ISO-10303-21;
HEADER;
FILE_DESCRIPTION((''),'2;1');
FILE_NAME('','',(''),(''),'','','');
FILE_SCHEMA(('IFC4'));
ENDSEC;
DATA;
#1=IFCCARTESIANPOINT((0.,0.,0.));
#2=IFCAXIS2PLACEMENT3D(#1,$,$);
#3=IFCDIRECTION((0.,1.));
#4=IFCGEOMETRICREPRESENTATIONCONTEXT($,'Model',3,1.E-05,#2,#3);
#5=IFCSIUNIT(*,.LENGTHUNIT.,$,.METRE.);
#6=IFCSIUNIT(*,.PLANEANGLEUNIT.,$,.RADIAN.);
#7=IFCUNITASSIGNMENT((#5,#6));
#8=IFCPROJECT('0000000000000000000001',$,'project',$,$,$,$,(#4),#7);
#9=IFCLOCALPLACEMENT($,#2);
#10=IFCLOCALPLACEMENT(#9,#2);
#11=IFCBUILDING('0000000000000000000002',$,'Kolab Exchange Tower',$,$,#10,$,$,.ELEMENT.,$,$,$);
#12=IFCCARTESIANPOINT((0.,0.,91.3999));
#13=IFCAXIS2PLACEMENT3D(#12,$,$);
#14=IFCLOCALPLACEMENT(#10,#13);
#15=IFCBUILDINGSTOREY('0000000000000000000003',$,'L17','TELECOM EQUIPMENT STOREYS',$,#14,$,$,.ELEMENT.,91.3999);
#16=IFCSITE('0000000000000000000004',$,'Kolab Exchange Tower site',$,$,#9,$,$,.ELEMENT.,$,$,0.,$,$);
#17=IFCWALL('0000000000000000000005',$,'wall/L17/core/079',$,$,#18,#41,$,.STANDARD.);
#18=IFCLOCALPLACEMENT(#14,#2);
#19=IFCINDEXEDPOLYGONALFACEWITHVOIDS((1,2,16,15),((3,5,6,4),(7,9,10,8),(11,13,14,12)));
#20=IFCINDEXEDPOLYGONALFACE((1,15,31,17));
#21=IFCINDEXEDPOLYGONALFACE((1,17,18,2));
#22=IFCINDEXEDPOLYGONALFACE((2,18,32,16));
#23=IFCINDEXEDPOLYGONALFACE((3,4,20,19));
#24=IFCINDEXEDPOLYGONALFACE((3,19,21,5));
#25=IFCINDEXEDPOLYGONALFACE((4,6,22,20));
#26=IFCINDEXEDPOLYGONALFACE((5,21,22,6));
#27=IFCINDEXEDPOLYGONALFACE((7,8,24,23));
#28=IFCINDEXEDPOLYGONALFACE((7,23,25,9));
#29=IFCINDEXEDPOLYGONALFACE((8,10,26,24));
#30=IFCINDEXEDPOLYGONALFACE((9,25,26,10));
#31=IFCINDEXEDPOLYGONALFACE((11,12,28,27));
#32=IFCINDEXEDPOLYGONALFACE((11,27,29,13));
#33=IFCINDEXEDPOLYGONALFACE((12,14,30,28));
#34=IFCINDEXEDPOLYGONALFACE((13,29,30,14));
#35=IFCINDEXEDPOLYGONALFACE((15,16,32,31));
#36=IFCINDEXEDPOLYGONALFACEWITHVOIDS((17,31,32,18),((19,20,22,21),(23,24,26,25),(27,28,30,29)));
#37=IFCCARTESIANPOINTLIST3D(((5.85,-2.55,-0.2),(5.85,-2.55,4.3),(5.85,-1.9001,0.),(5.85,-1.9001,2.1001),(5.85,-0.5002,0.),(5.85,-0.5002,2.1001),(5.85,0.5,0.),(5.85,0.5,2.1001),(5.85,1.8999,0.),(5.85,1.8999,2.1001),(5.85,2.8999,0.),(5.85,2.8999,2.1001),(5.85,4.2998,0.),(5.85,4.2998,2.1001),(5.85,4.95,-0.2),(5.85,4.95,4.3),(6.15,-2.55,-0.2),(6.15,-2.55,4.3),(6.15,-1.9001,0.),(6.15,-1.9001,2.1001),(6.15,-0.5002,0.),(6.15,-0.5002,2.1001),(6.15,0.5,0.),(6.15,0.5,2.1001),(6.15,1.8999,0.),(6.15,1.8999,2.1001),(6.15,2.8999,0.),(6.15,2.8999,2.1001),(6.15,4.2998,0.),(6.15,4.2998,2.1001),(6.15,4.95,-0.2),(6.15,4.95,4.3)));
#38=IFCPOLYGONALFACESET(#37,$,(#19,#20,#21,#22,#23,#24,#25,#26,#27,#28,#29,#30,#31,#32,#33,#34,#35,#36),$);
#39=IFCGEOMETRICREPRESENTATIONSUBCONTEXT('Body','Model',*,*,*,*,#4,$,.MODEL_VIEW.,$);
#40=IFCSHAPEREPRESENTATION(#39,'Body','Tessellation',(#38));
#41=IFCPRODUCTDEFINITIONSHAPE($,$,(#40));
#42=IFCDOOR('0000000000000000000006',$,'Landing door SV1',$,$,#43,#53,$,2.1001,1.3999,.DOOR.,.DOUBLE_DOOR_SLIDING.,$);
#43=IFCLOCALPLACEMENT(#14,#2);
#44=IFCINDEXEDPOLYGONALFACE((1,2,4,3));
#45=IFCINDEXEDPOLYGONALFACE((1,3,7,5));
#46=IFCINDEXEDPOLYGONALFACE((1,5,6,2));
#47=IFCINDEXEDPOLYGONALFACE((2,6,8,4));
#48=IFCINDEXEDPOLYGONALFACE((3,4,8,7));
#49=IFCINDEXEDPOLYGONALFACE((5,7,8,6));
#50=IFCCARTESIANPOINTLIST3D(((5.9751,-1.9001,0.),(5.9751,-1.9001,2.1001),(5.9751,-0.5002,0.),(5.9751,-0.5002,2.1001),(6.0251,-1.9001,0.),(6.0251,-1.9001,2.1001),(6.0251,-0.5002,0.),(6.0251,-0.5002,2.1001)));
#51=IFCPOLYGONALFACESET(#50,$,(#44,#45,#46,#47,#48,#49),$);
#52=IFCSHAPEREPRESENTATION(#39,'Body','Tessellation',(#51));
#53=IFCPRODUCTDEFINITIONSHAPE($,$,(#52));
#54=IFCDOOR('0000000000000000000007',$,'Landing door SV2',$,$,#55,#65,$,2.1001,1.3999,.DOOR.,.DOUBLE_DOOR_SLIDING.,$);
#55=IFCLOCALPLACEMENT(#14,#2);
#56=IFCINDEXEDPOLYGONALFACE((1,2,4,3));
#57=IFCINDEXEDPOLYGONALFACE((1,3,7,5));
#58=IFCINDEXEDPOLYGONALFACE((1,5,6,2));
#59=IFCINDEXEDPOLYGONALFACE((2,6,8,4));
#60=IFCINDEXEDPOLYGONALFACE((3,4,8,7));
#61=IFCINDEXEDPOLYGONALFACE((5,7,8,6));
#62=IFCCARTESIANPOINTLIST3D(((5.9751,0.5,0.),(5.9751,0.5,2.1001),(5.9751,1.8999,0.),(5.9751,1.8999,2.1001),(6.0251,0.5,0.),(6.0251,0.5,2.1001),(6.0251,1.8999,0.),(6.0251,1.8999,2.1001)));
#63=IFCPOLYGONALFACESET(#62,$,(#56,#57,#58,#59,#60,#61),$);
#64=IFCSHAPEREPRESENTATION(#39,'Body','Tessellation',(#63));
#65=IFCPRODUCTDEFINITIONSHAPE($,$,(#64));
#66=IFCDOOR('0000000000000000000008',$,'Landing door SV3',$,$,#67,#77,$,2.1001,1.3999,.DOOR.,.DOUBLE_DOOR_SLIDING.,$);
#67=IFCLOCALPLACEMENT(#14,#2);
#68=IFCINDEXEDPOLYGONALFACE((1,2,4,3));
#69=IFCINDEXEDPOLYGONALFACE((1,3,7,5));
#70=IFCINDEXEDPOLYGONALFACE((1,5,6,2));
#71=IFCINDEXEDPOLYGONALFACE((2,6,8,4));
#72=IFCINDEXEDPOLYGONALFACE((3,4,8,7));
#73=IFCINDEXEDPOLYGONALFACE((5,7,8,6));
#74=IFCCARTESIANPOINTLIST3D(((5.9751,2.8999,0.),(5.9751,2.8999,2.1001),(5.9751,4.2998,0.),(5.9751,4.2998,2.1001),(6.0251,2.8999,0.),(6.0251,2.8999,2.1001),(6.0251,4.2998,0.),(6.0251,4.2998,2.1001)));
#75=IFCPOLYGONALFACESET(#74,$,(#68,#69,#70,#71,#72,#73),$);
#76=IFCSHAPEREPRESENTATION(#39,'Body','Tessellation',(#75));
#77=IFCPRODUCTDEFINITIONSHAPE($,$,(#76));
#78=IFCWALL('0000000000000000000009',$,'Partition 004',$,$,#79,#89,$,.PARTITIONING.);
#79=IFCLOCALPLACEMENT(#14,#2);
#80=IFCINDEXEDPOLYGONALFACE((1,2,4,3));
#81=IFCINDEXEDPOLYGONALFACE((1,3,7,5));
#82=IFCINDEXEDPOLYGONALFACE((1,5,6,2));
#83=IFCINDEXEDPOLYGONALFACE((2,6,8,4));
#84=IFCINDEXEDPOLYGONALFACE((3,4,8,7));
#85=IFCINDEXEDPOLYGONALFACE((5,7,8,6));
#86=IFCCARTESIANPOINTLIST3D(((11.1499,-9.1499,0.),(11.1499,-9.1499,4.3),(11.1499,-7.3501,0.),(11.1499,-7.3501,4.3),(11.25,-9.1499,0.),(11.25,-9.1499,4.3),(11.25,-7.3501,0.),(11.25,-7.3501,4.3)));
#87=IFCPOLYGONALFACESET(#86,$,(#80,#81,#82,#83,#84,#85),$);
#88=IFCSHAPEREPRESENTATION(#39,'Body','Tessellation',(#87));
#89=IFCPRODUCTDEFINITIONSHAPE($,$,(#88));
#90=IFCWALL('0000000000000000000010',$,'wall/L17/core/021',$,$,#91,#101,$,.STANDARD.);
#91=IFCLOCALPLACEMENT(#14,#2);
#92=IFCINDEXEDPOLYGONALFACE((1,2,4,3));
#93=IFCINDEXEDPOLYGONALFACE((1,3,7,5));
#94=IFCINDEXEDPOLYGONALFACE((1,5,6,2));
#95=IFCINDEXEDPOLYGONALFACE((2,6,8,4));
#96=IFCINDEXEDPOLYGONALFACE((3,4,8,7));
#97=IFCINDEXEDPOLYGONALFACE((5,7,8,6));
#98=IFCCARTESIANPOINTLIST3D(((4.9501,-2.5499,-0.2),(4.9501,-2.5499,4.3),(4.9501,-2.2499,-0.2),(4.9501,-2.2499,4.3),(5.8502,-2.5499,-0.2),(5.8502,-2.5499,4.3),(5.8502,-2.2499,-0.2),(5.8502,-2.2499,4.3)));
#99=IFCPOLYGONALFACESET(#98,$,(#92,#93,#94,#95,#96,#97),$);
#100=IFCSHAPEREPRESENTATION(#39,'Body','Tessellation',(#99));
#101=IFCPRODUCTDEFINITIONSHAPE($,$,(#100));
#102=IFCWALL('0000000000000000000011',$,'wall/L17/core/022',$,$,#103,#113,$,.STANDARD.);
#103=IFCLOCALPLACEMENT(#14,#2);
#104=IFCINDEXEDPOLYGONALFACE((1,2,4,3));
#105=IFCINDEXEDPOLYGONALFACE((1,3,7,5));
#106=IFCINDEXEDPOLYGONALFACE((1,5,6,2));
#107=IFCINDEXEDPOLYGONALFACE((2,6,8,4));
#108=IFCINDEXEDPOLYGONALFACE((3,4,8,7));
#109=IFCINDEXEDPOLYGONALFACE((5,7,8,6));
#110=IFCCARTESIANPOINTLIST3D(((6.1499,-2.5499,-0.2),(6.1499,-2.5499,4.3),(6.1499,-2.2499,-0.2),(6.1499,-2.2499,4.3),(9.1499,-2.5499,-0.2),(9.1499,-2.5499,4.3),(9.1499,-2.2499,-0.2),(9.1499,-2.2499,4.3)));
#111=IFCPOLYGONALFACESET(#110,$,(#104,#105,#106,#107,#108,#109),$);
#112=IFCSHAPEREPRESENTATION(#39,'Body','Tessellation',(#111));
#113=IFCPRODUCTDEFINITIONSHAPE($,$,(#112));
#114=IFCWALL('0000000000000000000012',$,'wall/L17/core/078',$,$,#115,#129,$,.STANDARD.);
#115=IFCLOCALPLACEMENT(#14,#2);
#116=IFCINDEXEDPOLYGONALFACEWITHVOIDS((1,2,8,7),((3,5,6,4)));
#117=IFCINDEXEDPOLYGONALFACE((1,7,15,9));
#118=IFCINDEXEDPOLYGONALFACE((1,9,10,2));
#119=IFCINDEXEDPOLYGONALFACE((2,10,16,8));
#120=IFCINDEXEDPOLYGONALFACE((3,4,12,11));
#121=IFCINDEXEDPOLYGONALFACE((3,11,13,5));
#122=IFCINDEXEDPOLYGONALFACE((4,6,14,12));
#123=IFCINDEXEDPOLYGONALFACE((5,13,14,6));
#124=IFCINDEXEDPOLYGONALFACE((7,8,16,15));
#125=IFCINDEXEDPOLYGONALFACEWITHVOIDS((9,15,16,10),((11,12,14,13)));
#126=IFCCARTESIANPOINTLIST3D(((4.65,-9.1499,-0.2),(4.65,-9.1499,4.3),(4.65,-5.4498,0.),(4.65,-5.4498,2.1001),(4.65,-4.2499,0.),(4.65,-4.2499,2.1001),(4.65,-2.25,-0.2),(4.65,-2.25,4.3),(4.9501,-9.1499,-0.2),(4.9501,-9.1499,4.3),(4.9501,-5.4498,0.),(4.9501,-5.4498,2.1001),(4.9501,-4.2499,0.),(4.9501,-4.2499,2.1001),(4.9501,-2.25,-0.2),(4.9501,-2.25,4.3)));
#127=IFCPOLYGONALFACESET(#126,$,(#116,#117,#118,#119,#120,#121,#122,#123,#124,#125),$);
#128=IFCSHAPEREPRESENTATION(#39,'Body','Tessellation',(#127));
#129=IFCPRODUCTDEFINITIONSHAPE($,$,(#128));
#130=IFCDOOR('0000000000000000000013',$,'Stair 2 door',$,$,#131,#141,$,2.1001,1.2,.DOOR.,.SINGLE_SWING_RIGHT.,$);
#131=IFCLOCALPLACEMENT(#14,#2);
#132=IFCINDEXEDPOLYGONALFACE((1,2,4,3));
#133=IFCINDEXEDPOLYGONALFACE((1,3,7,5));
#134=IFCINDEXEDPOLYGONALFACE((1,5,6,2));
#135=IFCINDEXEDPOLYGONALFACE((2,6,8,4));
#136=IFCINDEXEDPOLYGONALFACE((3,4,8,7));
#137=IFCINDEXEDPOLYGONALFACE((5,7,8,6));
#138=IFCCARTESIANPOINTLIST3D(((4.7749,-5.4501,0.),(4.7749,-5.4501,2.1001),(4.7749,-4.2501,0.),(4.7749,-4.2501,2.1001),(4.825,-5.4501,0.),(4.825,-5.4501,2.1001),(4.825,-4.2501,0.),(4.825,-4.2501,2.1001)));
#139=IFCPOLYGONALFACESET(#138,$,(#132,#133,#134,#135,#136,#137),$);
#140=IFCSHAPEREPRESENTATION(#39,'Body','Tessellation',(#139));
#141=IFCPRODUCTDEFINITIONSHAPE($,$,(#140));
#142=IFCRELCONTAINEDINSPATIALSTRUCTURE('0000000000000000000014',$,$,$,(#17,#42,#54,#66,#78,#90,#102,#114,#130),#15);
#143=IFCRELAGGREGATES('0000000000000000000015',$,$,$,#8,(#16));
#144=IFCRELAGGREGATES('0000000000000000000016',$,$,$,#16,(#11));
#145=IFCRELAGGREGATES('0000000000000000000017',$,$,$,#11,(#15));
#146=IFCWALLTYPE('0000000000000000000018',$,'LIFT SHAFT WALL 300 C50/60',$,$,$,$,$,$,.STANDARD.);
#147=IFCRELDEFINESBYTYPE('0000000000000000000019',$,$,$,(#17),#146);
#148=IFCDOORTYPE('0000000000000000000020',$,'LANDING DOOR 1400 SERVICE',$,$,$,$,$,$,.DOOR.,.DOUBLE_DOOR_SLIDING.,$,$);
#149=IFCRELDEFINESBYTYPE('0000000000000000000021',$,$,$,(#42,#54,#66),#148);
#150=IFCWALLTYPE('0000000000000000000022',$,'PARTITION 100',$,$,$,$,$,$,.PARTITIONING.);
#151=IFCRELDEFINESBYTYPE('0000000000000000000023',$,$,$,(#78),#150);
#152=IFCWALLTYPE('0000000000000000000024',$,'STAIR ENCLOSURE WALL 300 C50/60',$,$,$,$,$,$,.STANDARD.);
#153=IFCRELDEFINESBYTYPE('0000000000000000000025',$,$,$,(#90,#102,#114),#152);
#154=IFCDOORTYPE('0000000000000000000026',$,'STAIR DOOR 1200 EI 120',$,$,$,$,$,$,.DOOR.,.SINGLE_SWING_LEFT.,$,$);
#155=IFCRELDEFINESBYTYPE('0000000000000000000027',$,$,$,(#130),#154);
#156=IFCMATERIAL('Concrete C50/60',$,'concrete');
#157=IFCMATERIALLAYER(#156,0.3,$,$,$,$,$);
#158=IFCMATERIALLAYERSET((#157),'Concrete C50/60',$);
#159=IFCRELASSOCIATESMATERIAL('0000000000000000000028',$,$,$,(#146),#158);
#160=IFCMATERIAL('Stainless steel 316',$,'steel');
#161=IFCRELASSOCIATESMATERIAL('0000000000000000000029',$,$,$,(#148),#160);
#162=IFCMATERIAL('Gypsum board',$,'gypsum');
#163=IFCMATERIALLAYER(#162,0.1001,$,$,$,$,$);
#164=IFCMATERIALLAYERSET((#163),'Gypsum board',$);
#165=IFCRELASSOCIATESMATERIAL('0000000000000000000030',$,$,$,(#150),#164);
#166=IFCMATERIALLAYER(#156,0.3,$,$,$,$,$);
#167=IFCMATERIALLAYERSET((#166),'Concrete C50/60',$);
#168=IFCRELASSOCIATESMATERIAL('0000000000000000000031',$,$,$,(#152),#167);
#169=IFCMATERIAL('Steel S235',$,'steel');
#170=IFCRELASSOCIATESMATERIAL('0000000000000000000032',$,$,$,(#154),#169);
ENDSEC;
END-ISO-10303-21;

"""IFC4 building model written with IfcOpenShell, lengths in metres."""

from ifc_helpers import new_model, si_unit, direction, frame, frame_2d, origin, place, context, subcontext, project, spatial, rectangle, extrude, material, layer, layer_set, type_object, element, fill, save


model = new_model("IFC4")

# Units and contexts
model_context = context("Model", 3, precision=1e-05, world=origin(), true_north=direction((0.0, 1.0)))
body_context = subcontext(model_context, "Body", "Model", "MODEL_VIEW")
ifc_project = project(units=[si_unit("LENGTHUNIT", "METRE"), si_unit("PLANEANGLEUNIT", "RADIAN")], contexts=[model_context])

# Site, building, storey
site_placement = place(None, origin())
site = spatial("IfcSite", under=ifc_project, at=site_placement, Name="Kolab Exchange Tower site", CompositionType="ELEMENT", RefElevation=0.0)
building_placement = place(site_placement, origin())
building = spatial("IfcBuilding", under=site, at=building_placement, Name="Kolab Exchange Tower", CompositionType="ELEMENT")
storey_placement = place(building_placement, frame((0.0, 0.0, 91.3999)))
storey = spatial("IfcBuildingStorey", under=building, at=storey_placement, Name="L17", Description="TELECOM EQUIPMENT STOREYS", CompositionType="ELEMENT", Elevation=91.3999)

# Shared definitions
ifc_material_1 = material(Name="Concrete C50/60", Category="concrete")
ifc_layer_1 = layer(ifc_material_1, 0.3)
ifc_layer_set_1 = layer_set([ifc_layer_1], Name="Concrete C50/60")
wall_type_1 = type_object("IfcWallType", Name="LIFT SHAFT WALL 300 C50/60", PredefinedType="STANDARD", material=ifc_layer_set_1)

# Shared definitions
ifc_material_2 = material(Name="Steel S235", Category="steel")

# Wall, openings, doors
wall_1_placement = place(storey_placement, frame((6.0, -2.55, -0.2), z_axis=(0.0, 0.0, 1.0), x_axis=(0.0, 1.0, 0.0)))
wall_1 = element("IfcWall", 1, at=wall_1_placement, inside=storey, type_object=wall_type_1, Name="wall/L17/core/079", PredefinedType="STANDARD", context=body_context, shape_type="SweptSolid", body=[
    extrude(rectangle(XDim=7.5, YDim=0.3, at=frame_2d((3.75, 0.0))), origin(), (0.0, 0.0, 1.0), 4.5),
])
opening_1_placement = place(wall_1_placement, frame((0.6499, 0.0, 0.2)))
opening_1 = element("IfcOpeningElement", 2, at=opening_1_placement, cuts=wall_1, PredefinedType="OPENING", context=body_context, shape_type="SweptSolid", body=[
    extrude(rectangle(XDim=1.3999, YDim=2.1001, at=frame_2d((0.7, 1.05))), frame((0.0, 0.1602, 0.0), z_axis=(0.0, -1.0, 0.0), x_axis=(1.0, 0.0, 0.0)), (0.0, 0.0, 1.0), 0.3201),
])
opening_2_placement = place(wall_1_placement, frame((3.05, 0.0, 0.2)))
opening_2 = element("IfcOpeningElement", 3, at=opening_2_placement, cuts=wall_1, PredefinedType="OPENING", context=body_context, shape_type="SweptSolid", body=[
    extrude(rectangle(XDim=1.3999, YDim=2.1001, at=frame_2d((0.7, 1.05))), frame((0.0, 0.1602, 0.0), z_axis=(0.0, -1.0, 0.0), x_axis=(1.0, 0.0, 0.0)), (0.0, 0.0, 1.0), 0.3201),
])
opening_3_placement = place(wall_1_placement, frame((5.45, 0.0, 0.2)))
opening_3 = element("IfcOpeningElement", 4, at=opening_3_placement, cuts=wall_1, PredefinedType="OPENING", context=body_context, shape_type="SweptSolid", body=[
    extrude(rectangle(XDim=1.3999, YDim=2.1001, at=frame_2d((0.7, 1.05))), frame((0.0, 0.1602, 0.0), z_axis=(0.0, -1.0, 0.0), x_axis=(1.0, 0.0, 0.0)), (0.0, 0.0, 1.0), 0.3201),
])
ifc_material_3 = material(Name="Stainless steel 316", Category="steel")
door_type_1 = type_object("IfcDoorType", Name="LANDING DOOR 1400 SERVICE", OperationType="DOUBLE_DOOR_SLIDING", PredefinedType="DOOR", material=ifc_material_3)
door_1_placement = place(opening_1_placement, origin())
door_1 = element("IfcDoor", 5, at=door_1_placement, inside=storey, type_object=door_type_1, Name="Landing door SV1", OperationType="DOUBLE_DOOR_SLIDING", OverallHeight=2.1001, OverallWidth=1.3999, PredefinedType="DOOR", context=body_context, shape_type="SweptSolid", body=[
    extrude(rectangle(XDim=1.3999, YDim=2.1001, at=frame_2d((0.7, 1.05))), frame((0.0, 0.0249, 0.0), z_axis=(0.0, -1.0, 0.0), x_axis=(1.0, 0.0, 0.0)), (0.0, 0.0, 1.0), 0.05),
])
fill(opening_1, door_1)
door_2_placement = place(opening_2_placement, origin())
door_2 = element("IfcDoor", 6, at=door_2_placement, inside=storey, type_object=door_type_1, Name="Landing door SV2", OperationType="DOUBLE_DOOR_SLIDING", OverallHeight=2.1001, OverallWidth=1.3999, PredefinedType="DOOR", context=body_context, shape_type="SweptSolid", body=[
    extrude(rectangle(XDim=1.3999, YDim=2.1001, at=frame_2d((0.7, 1.05))), frame((0.0, 0.0249, 0.0), z_axis=(0.0, -1.0, 0.0), x_axis=(1.0, 0.0, 0.0)), (0.0, 0.0, 1.0), 0.05),
])
fill(opening_2, door_2)
door_3_placement = place(opening_3_placement, origin())
door_3 = element("IfcDoor", 7, at=door_3_placement, inside=storey, type_object=door_type_1, Name="Landing door SV3", OperationType="DOUBLE_DOOR_SLIDING", OverallHeight=2.1001, OverallWidth=1.3999, PredefinedType="DOOR", context=body_context, shape_type="SweptSolid", body=[
    extrude(rectangle(XDim=1.3999, YDim=2.1001, at=frame_2d((0.7, 1.05))), frame((0.0, 0.0249, 0.0), z_axis=(0.0, -1.0, 0.0), x_axis=(1.0, 0.0, 0.0)), (0.0, 0.0, 1.0), 0.05),
])
fill(opening_3, door_3)

# Walls
ifc_material_4 = material(Name="Gypsum board", Category="gypsum")
ifc_layer_2 = layer(ifc_material_4, 0.1001)
ifc_layer_set_2 = layer_set([ifc_layer_2], Name="Gypsum board")
wall_type_2 = type_object("IfcWallType", Name="PARTITION 100", PredefinedType="PARTITIONING", material=ifc_layer_set_2)
wall_2_placement = place(storey_placement, frame((11.2, -9.1499, 0.0), z_axis=(0.0, 0.0, 1.0), x_axis=(0.0, 1.0, 0.0)))
element("IfcWall", 8, at=wall_2_placement, inside=storey, type_object=wall_type_2, Name="Partition 004", PredefinedType="PARTITIONING", context=body_context, shape_type="SweptSolid", body=[
    extrude(rectangle(XDim=1.7998, YDim=0.1001, at=frame_2d((0.8999, 0.0))), origin(), (0.0, 0.0, 1.0), 4.3),
])
ifc_layer_3 = layer(ifc_material_1, 0.3)
ifc_layer_set_3 = layer_set([ifc_layer_3], Name="Concrete C50/60")
wall_type_3 = type_object("IfcWallType", Name="STAIR ENCLOSURE WALL 300 C50/60", PredefinedType="STANDARD", material=ifc_layer_set_3)
wall_3_placement = place(storey_placement, frame((4.95, -2.3999, -0.2), z_axis=(0.0, 0.0, 1.0), x_axis=(1.0, 0.0, 0.0)))
element("IfcWall", 9, at=wall_3_placement, inside=storey, type_object=wall_type_3, Name="wall/L17/core/021", PredefinedType="STANDARD", context=body_context, shape_type="SweptSolid", body=[
    extrude(rectangle(XDim=0.9001, YDim=0.3, at=frame_2d((0.4502, 0.0))), origin(), (0.0, 0.0, 1.0), 4.5),
])
wall_4_placement = place(storey_placement, frame((6.1499, -2.3999, -0.2), z_axis=(0.0, 0.0, 1.0), x_axis=(1.0, 0.0, 0.0)))
element("IfcWall", 10, at=wall_4_placement, inside=storey, type_object=wall_type_3, Name="wall/L17/core/022", PredefinedType="STANDARD", context=body_context, shape_type="SweptSolid", body=[
    extrude(rectangle(XDim=3.0, YDim=0.3, at=frame_2d((1.5, 0.0))), origin(), (0.0, 0.0, 1.0), 4.5),
])

# Wall, opening, door
wall_5_placement = place(storey_placement, frame((4.8, -9.1499, -0.2), z_axis=(0.0, 0.0, 1.0), x_axis=(0.0, 1.0, 0.0)))
wall_5 = element("IfcWall", 11, at=wall_5_placement, inside=storey, type_object=wall_type_3, Name="wall/L17/core/078", PredefinedType="STANDARD", context=body_context, shape_type="SweptSolid", body=[
    extrude(rectangle(XDim=6.8999, YDim=0.3, at=frame_2d((3.45, 0.0))), origin(), (0.0, 0.0, 1.0), 4.5),
])
opening_4_placement = place(wall_5_placement, frame((3.7, 0.0, 0.2)))
opening_4 = element("IfcOpeningElement", 12, at=opening_4_placement, cuts=wall_5, PredefinedType="OPENING", context=body_context, shape_type="SweptSolid", body=[
    extrude(rectangle(XDim=1.2, YDim=2.1001, at=frame_2d((0.6001, 1.05))), frame((0.0, 0.1602, 0.0), z_axis=(0.0, -1.0, 0.0), x_axis=(1.0, 0.0, 0.0)), (0.0, 0.0, 1.0), 0.3201),
])
door_type_2 = type_object("IfcDoorType", Name="STAIR DOOR 1200 EI 120", OperationType="SINGLE_SWING_LEFT", PredefinedType="DOOR", material=ifc_material_2)
door_4_placement = place(opening_4_placement, frame((1.2, 0.0, 0.0), z_axis=(0.0, 0.0, 1.0), x_axis=(-1.0, 0.0, 0.0)))
door_4 = element("IfcDoor", 13, at=door_4_placement, inside=storey, type_object=door_type_2, Name="Stair 2 door", OperationType="SINGLE_SWING_RIGHT", OverallHeight=2.1001, OverallWidth=1.2, PredefinedType="DOOR", context=body_context, shape_type="SweptSolid", body=[
    extrude(rectangle(XDim=1.2, YDim=2.1001, at=frame_2d((0.6001, 1.05))), frame((0.0, 0.0249, 0.0), z_axis=(0.0, -1.0, 0.0), x_axis=(1.0, 0.0, 0.0)), (0.0, 0.0, 1.0), 0.05),
])
fill(opening_4, door_4)

save(model, "model.ifc")
